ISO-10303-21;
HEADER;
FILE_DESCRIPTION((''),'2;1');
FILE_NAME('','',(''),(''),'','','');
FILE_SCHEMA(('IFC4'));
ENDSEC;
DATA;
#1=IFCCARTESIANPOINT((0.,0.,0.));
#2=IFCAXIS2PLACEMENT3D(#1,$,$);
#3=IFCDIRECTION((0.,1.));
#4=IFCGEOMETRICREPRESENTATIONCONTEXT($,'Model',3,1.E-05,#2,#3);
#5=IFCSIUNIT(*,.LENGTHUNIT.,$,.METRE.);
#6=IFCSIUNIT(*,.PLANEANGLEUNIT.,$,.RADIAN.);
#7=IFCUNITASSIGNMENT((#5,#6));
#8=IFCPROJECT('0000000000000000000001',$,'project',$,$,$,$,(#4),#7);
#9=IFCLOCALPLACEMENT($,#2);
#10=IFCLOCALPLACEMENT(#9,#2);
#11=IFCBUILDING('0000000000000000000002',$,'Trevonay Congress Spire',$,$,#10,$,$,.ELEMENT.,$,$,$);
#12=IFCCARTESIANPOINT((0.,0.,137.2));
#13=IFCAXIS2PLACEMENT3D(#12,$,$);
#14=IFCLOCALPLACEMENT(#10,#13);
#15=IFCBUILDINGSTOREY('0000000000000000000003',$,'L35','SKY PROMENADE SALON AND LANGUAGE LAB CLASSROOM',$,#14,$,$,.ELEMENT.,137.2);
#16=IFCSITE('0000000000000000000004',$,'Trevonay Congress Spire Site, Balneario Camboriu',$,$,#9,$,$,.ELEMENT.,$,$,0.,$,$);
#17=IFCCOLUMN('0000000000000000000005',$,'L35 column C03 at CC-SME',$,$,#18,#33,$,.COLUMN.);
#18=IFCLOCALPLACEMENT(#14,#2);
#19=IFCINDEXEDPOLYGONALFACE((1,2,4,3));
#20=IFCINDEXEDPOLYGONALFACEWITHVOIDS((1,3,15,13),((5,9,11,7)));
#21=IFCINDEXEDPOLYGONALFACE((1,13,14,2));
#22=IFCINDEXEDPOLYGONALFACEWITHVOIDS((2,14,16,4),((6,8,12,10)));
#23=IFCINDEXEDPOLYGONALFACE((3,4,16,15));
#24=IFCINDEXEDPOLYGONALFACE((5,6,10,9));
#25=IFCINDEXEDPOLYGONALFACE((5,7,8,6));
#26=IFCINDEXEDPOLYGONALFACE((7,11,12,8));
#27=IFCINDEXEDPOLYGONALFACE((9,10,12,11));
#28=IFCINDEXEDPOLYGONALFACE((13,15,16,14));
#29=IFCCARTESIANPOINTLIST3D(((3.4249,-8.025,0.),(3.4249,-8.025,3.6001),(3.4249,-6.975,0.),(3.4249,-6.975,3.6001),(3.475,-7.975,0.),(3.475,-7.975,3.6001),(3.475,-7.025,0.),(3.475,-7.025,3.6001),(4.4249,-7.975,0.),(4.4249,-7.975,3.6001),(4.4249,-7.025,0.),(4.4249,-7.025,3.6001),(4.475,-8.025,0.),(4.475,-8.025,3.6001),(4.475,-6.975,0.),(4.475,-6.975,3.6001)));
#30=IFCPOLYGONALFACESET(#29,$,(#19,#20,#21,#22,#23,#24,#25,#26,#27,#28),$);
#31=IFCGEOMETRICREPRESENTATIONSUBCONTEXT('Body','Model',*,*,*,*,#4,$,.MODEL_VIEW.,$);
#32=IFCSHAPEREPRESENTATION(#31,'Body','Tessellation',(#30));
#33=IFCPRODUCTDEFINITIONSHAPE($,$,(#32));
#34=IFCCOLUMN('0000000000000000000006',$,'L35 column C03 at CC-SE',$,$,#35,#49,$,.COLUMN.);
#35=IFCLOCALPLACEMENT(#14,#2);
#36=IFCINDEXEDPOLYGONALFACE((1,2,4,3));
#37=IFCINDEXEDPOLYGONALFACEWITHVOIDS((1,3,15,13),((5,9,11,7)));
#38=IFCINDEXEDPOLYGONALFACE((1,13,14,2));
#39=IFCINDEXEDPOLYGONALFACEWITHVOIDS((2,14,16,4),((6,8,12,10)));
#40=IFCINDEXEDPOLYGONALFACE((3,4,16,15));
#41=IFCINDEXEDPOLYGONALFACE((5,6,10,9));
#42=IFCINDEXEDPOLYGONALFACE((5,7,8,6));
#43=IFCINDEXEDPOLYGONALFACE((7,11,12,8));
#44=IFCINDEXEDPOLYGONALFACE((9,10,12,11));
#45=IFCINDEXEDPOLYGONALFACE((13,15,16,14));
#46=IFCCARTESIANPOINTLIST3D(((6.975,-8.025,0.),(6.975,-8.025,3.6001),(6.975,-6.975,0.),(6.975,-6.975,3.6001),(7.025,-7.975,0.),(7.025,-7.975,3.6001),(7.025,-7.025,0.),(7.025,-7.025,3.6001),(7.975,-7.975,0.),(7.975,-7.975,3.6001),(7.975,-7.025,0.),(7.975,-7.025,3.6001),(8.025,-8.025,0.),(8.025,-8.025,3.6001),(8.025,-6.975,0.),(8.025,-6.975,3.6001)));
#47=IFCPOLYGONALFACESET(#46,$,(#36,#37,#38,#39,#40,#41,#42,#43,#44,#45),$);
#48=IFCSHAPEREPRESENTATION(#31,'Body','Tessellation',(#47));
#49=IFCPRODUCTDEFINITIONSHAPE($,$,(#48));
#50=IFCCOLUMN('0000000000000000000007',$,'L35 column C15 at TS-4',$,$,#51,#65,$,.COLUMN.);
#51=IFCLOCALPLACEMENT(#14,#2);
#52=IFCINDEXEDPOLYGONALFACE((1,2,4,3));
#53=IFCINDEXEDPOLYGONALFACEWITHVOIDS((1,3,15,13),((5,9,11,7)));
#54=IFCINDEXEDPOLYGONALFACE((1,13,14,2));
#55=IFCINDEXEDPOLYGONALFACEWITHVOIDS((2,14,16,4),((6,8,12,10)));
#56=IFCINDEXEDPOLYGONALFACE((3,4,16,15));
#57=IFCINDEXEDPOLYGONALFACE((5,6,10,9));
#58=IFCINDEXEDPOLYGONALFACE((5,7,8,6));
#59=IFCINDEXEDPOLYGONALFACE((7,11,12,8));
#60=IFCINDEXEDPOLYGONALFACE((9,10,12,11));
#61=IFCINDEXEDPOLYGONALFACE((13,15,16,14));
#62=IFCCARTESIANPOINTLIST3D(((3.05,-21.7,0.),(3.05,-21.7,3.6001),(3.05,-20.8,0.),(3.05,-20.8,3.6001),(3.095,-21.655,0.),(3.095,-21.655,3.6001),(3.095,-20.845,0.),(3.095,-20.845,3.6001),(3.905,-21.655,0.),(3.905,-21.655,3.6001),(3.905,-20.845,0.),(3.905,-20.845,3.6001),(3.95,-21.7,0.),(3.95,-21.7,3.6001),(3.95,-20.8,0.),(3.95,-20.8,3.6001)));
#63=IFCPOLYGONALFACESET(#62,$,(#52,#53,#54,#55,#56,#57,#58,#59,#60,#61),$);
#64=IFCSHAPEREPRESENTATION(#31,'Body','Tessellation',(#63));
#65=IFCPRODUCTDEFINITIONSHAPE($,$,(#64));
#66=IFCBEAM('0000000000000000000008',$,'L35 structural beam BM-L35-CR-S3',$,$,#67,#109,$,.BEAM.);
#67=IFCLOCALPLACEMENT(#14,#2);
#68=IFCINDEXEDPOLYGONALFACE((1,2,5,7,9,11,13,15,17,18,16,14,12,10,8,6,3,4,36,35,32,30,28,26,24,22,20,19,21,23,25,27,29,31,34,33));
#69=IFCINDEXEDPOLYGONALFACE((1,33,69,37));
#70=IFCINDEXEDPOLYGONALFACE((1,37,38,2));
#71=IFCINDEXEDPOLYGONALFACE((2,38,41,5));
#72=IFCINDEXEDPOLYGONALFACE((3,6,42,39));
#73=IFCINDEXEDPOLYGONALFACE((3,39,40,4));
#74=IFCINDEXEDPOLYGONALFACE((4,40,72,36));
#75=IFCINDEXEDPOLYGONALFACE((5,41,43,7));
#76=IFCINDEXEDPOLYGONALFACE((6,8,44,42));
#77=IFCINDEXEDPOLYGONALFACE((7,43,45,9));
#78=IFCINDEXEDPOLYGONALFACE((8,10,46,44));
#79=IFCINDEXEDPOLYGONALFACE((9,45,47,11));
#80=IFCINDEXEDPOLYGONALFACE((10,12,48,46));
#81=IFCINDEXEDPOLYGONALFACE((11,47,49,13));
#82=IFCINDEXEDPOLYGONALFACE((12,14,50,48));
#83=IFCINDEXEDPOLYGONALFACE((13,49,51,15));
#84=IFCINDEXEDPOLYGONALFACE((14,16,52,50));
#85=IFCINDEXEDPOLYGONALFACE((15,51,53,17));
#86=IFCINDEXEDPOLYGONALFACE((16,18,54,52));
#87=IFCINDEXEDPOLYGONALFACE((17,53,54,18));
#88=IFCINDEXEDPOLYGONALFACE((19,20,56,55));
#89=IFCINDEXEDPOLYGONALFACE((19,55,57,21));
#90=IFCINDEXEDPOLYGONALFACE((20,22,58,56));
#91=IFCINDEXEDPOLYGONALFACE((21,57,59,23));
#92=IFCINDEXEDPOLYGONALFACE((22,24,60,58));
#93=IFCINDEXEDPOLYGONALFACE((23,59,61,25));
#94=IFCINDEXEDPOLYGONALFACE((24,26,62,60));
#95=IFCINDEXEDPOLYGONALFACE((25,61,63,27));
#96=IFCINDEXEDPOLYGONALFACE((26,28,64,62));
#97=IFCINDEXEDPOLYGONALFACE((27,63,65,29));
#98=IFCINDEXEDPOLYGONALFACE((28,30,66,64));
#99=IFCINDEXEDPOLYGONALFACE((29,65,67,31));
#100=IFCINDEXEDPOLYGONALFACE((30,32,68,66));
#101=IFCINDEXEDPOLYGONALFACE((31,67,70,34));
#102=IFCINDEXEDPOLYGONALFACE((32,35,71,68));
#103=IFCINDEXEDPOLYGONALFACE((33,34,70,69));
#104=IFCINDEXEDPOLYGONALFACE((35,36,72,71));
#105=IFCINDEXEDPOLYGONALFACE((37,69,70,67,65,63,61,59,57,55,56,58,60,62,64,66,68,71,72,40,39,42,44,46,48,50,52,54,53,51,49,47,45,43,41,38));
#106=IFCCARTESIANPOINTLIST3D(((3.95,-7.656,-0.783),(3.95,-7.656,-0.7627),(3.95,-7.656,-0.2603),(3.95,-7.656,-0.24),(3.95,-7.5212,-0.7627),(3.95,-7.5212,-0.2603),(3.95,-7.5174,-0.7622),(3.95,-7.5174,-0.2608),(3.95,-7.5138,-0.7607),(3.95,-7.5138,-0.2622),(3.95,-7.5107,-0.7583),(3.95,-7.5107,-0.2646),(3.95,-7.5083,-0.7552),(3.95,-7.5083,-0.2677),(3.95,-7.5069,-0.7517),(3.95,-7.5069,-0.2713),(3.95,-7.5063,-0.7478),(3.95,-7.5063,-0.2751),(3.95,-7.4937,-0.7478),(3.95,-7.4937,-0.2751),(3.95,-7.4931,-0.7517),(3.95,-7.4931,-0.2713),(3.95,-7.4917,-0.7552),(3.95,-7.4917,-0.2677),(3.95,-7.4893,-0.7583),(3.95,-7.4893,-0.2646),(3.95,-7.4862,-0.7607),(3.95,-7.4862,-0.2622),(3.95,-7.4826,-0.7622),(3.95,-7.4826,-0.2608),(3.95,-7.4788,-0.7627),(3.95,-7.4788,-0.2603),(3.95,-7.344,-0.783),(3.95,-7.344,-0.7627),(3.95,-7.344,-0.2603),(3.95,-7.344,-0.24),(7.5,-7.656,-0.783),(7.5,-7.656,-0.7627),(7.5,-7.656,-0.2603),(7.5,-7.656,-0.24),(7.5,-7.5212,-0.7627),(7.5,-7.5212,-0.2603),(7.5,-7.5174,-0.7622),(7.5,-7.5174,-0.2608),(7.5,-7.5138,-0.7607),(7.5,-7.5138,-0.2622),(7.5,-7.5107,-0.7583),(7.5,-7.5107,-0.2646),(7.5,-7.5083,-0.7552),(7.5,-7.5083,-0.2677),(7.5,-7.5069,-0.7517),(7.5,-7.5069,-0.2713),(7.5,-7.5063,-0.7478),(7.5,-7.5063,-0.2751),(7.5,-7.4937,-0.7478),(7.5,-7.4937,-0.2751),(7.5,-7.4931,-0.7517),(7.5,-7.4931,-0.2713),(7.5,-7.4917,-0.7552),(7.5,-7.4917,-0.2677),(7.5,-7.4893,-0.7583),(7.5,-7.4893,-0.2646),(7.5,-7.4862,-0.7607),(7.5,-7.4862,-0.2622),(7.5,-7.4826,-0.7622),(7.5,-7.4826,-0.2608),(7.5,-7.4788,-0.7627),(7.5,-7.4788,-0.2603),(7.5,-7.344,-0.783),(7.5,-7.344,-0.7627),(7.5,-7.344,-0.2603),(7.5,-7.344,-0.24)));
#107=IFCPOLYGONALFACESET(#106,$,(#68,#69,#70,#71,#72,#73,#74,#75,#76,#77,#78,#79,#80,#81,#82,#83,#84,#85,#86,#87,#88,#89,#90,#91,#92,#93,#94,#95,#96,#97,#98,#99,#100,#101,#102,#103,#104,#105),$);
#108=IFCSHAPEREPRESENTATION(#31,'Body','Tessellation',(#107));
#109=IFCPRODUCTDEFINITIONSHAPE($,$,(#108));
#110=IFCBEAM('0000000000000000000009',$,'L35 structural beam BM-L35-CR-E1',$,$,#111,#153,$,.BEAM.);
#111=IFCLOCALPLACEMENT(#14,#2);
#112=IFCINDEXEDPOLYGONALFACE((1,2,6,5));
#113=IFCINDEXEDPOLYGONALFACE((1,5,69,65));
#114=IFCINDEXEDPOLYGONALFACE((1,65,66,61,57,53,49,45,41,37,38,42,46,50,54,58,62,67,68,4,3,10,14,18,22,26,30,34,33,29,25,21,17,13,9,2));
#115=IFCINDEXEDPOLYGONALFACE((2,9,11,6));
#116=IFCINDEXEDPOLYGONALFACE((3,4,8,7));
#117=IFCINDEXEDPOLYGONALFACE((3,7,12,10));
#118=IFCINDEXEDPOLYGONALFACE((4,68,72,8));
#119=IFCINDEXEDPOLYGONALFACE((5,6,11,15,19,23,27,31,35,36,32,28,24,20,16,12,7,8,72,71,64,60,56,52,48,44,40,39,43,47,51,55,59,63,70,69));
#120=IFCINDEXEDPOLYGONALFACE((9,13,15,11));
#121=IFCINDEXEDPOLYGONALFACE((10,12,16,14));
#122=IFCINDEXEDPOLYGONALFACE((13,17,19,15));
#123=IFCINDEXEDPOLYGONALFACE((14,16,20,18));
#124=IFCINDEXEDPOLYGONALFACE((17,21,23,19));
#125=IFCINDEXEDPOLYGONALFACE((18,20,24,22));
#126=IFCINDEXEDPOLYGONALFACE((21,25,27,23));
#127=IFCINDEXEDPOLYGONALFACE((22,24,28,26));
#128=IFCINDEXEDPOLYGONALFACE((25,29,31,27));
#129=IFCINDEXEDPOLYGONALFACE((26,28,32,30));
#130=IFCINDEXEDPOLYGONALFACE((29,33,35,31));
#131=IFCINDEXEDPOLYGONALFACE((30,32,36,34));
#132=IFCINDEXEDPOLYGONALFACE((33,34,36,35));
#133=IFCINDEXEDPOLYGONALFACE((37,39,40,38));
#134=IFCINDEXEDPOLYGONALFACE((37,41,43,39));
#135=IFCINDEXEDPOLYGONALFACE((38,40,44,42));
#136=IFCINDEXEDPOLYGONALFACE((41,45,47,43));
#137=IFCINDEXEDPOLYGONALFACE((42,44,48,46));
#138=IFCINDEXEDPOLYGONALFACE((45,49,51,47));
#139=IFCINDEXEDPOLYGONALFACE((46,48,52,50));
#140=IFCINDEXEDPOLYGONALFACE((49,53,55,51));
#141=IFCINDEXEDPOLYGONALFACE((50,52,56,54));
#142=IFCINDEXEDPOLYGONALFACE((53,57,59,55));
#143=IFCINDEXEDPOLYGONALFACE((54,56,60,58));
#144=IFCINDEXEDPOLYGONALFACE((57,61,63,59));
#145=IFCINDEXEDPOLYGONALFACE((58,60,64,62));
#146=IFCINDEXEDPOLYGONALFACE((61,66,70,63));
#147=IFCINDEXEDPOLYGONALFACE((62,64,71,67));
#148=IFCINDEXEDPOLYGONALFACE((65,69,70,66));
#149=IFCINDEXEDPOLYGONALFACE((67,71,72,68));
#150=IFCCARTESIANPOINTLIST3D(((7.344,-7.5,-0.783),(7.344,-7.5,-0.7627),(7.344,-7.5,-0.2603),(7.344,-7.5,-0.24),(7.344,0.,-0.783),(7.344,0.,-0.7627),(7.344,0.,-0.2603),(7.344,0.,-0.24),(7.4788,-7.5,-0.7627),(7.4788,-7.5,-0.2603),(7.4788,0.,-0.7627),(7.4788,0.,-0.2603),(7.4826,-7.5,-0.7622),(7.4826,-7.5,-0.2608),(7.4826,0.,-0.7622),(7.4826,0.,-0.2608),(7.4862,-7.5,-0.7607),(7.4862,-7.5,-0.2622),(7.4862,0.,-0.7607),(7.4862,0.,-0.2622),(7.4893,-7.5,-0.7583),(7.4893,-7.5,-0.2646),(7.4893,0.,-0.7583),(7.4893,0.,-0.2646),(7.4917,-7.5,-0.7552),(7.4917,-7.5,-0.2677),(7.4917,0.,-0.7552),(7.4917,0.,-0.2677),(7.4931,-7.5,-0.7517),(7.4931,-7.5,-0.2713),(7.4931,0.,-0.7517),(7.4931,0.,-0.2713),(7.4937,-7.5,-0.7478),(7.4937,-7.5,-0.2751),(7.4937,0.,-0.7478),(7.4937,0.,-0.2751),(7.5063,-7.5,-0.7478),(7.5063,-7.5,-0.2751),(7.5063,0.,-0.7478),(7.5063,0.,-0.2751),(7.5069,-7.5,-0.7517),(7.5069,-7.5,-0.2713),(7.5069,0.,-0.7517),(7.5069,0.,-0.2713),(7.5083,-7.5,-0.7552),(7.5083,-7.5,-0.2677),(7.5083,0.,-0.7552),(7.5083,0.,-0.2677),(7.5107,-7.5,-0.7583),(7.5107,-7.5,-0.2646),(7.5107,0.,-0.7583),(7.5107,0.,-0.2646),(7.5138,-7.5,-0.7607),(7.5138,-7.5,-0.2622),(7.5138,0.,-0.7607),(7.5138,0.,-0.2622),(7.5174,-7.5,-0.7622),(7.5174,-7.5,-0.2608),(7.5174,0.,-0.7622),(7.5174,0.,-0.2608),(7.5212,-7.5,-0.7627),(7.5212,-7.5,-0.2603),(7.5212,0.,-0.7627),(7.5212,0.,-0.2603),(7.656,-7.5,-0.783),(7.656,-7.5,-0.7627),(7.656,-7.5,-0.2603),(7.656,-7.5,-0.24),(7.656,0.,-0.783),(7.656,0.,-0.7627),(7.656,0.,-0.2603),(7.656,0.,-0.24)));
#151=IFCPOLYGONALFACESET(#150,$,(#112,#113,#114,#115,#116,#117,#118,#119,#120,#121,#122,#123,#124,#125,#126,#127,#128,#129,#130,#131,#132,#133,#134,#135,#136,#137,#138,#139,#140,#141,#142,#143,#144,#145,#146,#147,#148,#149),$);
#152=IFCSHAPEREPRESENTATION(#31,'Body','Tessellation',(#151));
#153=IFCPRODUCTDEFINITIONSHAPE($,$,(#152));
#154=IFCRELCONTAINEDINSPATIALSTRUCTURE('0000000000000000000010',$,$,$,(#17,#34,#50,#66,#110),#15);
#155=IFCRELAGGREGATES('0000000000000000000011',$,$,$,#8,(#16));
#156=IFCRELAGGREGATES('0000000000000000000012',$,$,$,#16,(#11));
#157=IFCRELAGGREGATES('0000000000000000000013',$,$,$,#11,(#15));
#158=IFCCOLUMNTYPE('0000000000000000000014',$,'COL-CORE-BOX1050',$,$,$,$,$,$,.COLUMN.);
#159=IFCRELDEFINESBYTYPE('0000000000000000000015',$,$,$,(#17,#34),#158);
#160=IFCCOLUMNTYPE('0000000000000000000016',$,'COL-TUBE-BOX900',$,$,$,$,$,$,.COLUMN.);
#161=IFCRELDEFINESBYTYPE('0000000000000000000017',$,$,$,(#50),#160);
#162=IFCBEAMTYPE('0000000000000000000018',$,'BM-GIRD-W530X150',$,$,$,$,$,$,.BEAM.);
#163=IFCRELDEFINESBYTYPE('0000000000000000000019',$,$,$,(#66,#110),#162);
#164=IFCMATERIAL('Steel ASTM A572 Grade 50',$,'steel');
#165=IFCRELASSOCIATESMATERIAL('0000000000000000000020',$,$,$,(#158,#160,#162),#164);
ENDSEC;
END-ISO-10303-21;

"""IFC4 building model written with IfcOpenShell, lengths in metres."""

from ifc_helpers import new_model, si_unit, direction, frame, origin, origin_2d, place, context, subcontext, project, spatial, hollow_rectangle, i_section, extrude, material, material_profile, profile_set, type_object, element, save


model = new_model("IFC4")

# Units and contexts
model_context = context("Model", 3, precision=1e-05, world=origin(), true_north=direction((0.0, 1.0)))
body_context = subcontext(model_context, "Body", "Model", "MODEL_VIEW")
ifc_project = project(units=[si_unit("LENGTHUNIT", "METRE"), si_unit("PLANEANGLEUNIT", "RADIAN")], contexts=[model_context])

# Site, building, storey
site_placement = place(None, origin())
site = spatial("IfcSite", under=ifc_project, at=site_placement, Name="Trevonay Congress Spire Site, Balneario Camboriu", CompositionType="ELEMENT", RefElevation=0.0)
building_placement = place(site_placement, origin())
building = spatial("IfcBuilding", under=site, at=building_placement, Name="Trevonay Congress Spire", CompositionType="ELEMENT")
storey_placement = place(building_placement, frame((0.0, 0.0, 137.2)))
storey = spatial("IfcBuildingStorey", under=building, at=storey_placement, Name="L35", Description="SKY PROMENADE SALON AND LANGUAGE LAB CLASSROOM", CompositionType="ELEMENT", Elevation=137.2)

# Columns
ifc_material_1 = material(Name="Steel ASTM A572 Grade 50", Category="steel")
ifc_material_profile_1 = material_profile(ifc_material_1, hollow_rectangle(XDim=1.05, YDim=1.05, WallThickness=0.05, at=origin_2d()), Name="BOX 1050x1050x50")
ifc_profile_set_1 = profile_set([ifc_material_profile_1], Name="Steel ASTM A572 Grade 50")
column_type_1 = type_object("IfcColumnType", Name="COL-CORE-BOX1050", PredefinedType="COLUMN", material=ifc_profile_set_1)
for number, where, z_axis, x_axis, name in (
    (1, (3.95, -7.5, 0.0), (0.0, 0.0, 1.0), (1.0, 0.0, 0.0), "L35 column C03 at CC-SME"),
    (2, (7.5, -7.5, 0.0), (0.0, 0.0, 1.0), (1.0, 0.0, 0.0), "L35 column C03 at CC-SE"),
):
    element("IfcColumn", number, at=place(storey_placement, frame(where, z_axis=z_axis, x_axis=x_axis)), inside=storey, type_object=column_type_1, Name=name, PredefinedType="COLUMN", context=body_context, shape_type="SweptSolid", body=[
        extrude(hollow_rectangle(XDim=1.05, YDim=1.05, WallThickness=0.05, at=origin_2d()), origin(), (0.0, 0.0, 1.0), 3.6001),
    ])
ifc_material_profile_2 = material_profile(ifc_material_1, hollow_rectangle(XDim=0.8999, YDim=0.8999, WallThickness=0.0449, at=origin_2d()), Name="BOX 900x900x45")
ifc_profile_set_2 = profile_set([ifc_material_profile_2], Name="Steel ASTM A572 Grade 50")
column_type_2 = type_object("IfcColumnType", Name="COL-TUBE-BOX900", PredefinedType="COLUMN", material=ifc_profile_set_2)
column_placement = place(storey_placement, frame((3.5, -21.25, 0.0), z_axis=(0.0, 0.0, 1.0), x_axis=(1.0, 0.0, 0.0)))
element("IfcColumn", 3, at=column_placement, inside=storey, type_object=column_type_2, Name="L35 column C15 at TS-4", PredefinedType="COLUMN", context=body_context, shape_type="SweptSolid", body=[
    extrude(hollow_rectangle(XDim=0.8999, YDim=0.8999, WallThickness=0.0449, at=origin_2d()), origin(), (0.0, 0.0, 1.0), 3.6001),
])

# Beams
ifc_material_profile_3 = material_profile(ifc_material_1, i_section(OverallWidth=0.312, OverallDepth=0.543, WebThickness=0.0127, FlangeThickness=0.0203, FilletRadius=0.0149, at=origin_2d()), Name="W530x150")
ifc_profile_set_3 = profile_set([ifc_material_profile_3], Name="Steel ASTM A572 Grade 50")
beam_type_1 = type_object("IfcBeamType", Name="BM-GIRD-W530X150", PredefinedType="BEAM", material=ifc_profile_set_3)
beam_1_placement = place(storey_placement, frame((3.95, -7.5, -0.5115), z_axis=(1.0, 0.0, 0.0), x_axis=(0.0, 1.0, 0.0)))
element("IfcBeam", 4, at=beam_1_placement, inside=storey, type_object=beam_type_1, Name="L35 structural beam BM-L35-CR-S3", PredefinedType="BEAM", context=body_context, shape_type="SweptSolid", body=[
    extrude(i_section(OverallWidth=0.312, OverallDepth=0.543, WebThickness=0.0127, FlangeThickness=0.0203, FilletRadius=0.0149, at=origin_2d()), origin(), (0.0, 0.0, 1.0), 3.55),
])
beam_2_placement = place(storey_placement, frame((7.5, -7.5, -0.5115), z_axis=(0.0, 1.0, 0.0), x_axis=(-1.0, 0.0, 0.0)))
element("IfcBeam", 5, at=beam_2_placement, inside=storey, type_object=beam_type_1, Name="L35 structural beam BM-L35-CR-E1", PredefinedType="BEAM", context=body_context, shape_type="SweptSolid", body=[
    extrude(i_section(OverallWidth=0.312, OverallDepth=0.543, WebThickness=0.0127, FlangeThickness=0.0203, FilletRadius=0.0149, at=origin_2d()), origin(), (0.0, 0.0, 1.0), 7.5),
])

save(model, "model.ifc")
